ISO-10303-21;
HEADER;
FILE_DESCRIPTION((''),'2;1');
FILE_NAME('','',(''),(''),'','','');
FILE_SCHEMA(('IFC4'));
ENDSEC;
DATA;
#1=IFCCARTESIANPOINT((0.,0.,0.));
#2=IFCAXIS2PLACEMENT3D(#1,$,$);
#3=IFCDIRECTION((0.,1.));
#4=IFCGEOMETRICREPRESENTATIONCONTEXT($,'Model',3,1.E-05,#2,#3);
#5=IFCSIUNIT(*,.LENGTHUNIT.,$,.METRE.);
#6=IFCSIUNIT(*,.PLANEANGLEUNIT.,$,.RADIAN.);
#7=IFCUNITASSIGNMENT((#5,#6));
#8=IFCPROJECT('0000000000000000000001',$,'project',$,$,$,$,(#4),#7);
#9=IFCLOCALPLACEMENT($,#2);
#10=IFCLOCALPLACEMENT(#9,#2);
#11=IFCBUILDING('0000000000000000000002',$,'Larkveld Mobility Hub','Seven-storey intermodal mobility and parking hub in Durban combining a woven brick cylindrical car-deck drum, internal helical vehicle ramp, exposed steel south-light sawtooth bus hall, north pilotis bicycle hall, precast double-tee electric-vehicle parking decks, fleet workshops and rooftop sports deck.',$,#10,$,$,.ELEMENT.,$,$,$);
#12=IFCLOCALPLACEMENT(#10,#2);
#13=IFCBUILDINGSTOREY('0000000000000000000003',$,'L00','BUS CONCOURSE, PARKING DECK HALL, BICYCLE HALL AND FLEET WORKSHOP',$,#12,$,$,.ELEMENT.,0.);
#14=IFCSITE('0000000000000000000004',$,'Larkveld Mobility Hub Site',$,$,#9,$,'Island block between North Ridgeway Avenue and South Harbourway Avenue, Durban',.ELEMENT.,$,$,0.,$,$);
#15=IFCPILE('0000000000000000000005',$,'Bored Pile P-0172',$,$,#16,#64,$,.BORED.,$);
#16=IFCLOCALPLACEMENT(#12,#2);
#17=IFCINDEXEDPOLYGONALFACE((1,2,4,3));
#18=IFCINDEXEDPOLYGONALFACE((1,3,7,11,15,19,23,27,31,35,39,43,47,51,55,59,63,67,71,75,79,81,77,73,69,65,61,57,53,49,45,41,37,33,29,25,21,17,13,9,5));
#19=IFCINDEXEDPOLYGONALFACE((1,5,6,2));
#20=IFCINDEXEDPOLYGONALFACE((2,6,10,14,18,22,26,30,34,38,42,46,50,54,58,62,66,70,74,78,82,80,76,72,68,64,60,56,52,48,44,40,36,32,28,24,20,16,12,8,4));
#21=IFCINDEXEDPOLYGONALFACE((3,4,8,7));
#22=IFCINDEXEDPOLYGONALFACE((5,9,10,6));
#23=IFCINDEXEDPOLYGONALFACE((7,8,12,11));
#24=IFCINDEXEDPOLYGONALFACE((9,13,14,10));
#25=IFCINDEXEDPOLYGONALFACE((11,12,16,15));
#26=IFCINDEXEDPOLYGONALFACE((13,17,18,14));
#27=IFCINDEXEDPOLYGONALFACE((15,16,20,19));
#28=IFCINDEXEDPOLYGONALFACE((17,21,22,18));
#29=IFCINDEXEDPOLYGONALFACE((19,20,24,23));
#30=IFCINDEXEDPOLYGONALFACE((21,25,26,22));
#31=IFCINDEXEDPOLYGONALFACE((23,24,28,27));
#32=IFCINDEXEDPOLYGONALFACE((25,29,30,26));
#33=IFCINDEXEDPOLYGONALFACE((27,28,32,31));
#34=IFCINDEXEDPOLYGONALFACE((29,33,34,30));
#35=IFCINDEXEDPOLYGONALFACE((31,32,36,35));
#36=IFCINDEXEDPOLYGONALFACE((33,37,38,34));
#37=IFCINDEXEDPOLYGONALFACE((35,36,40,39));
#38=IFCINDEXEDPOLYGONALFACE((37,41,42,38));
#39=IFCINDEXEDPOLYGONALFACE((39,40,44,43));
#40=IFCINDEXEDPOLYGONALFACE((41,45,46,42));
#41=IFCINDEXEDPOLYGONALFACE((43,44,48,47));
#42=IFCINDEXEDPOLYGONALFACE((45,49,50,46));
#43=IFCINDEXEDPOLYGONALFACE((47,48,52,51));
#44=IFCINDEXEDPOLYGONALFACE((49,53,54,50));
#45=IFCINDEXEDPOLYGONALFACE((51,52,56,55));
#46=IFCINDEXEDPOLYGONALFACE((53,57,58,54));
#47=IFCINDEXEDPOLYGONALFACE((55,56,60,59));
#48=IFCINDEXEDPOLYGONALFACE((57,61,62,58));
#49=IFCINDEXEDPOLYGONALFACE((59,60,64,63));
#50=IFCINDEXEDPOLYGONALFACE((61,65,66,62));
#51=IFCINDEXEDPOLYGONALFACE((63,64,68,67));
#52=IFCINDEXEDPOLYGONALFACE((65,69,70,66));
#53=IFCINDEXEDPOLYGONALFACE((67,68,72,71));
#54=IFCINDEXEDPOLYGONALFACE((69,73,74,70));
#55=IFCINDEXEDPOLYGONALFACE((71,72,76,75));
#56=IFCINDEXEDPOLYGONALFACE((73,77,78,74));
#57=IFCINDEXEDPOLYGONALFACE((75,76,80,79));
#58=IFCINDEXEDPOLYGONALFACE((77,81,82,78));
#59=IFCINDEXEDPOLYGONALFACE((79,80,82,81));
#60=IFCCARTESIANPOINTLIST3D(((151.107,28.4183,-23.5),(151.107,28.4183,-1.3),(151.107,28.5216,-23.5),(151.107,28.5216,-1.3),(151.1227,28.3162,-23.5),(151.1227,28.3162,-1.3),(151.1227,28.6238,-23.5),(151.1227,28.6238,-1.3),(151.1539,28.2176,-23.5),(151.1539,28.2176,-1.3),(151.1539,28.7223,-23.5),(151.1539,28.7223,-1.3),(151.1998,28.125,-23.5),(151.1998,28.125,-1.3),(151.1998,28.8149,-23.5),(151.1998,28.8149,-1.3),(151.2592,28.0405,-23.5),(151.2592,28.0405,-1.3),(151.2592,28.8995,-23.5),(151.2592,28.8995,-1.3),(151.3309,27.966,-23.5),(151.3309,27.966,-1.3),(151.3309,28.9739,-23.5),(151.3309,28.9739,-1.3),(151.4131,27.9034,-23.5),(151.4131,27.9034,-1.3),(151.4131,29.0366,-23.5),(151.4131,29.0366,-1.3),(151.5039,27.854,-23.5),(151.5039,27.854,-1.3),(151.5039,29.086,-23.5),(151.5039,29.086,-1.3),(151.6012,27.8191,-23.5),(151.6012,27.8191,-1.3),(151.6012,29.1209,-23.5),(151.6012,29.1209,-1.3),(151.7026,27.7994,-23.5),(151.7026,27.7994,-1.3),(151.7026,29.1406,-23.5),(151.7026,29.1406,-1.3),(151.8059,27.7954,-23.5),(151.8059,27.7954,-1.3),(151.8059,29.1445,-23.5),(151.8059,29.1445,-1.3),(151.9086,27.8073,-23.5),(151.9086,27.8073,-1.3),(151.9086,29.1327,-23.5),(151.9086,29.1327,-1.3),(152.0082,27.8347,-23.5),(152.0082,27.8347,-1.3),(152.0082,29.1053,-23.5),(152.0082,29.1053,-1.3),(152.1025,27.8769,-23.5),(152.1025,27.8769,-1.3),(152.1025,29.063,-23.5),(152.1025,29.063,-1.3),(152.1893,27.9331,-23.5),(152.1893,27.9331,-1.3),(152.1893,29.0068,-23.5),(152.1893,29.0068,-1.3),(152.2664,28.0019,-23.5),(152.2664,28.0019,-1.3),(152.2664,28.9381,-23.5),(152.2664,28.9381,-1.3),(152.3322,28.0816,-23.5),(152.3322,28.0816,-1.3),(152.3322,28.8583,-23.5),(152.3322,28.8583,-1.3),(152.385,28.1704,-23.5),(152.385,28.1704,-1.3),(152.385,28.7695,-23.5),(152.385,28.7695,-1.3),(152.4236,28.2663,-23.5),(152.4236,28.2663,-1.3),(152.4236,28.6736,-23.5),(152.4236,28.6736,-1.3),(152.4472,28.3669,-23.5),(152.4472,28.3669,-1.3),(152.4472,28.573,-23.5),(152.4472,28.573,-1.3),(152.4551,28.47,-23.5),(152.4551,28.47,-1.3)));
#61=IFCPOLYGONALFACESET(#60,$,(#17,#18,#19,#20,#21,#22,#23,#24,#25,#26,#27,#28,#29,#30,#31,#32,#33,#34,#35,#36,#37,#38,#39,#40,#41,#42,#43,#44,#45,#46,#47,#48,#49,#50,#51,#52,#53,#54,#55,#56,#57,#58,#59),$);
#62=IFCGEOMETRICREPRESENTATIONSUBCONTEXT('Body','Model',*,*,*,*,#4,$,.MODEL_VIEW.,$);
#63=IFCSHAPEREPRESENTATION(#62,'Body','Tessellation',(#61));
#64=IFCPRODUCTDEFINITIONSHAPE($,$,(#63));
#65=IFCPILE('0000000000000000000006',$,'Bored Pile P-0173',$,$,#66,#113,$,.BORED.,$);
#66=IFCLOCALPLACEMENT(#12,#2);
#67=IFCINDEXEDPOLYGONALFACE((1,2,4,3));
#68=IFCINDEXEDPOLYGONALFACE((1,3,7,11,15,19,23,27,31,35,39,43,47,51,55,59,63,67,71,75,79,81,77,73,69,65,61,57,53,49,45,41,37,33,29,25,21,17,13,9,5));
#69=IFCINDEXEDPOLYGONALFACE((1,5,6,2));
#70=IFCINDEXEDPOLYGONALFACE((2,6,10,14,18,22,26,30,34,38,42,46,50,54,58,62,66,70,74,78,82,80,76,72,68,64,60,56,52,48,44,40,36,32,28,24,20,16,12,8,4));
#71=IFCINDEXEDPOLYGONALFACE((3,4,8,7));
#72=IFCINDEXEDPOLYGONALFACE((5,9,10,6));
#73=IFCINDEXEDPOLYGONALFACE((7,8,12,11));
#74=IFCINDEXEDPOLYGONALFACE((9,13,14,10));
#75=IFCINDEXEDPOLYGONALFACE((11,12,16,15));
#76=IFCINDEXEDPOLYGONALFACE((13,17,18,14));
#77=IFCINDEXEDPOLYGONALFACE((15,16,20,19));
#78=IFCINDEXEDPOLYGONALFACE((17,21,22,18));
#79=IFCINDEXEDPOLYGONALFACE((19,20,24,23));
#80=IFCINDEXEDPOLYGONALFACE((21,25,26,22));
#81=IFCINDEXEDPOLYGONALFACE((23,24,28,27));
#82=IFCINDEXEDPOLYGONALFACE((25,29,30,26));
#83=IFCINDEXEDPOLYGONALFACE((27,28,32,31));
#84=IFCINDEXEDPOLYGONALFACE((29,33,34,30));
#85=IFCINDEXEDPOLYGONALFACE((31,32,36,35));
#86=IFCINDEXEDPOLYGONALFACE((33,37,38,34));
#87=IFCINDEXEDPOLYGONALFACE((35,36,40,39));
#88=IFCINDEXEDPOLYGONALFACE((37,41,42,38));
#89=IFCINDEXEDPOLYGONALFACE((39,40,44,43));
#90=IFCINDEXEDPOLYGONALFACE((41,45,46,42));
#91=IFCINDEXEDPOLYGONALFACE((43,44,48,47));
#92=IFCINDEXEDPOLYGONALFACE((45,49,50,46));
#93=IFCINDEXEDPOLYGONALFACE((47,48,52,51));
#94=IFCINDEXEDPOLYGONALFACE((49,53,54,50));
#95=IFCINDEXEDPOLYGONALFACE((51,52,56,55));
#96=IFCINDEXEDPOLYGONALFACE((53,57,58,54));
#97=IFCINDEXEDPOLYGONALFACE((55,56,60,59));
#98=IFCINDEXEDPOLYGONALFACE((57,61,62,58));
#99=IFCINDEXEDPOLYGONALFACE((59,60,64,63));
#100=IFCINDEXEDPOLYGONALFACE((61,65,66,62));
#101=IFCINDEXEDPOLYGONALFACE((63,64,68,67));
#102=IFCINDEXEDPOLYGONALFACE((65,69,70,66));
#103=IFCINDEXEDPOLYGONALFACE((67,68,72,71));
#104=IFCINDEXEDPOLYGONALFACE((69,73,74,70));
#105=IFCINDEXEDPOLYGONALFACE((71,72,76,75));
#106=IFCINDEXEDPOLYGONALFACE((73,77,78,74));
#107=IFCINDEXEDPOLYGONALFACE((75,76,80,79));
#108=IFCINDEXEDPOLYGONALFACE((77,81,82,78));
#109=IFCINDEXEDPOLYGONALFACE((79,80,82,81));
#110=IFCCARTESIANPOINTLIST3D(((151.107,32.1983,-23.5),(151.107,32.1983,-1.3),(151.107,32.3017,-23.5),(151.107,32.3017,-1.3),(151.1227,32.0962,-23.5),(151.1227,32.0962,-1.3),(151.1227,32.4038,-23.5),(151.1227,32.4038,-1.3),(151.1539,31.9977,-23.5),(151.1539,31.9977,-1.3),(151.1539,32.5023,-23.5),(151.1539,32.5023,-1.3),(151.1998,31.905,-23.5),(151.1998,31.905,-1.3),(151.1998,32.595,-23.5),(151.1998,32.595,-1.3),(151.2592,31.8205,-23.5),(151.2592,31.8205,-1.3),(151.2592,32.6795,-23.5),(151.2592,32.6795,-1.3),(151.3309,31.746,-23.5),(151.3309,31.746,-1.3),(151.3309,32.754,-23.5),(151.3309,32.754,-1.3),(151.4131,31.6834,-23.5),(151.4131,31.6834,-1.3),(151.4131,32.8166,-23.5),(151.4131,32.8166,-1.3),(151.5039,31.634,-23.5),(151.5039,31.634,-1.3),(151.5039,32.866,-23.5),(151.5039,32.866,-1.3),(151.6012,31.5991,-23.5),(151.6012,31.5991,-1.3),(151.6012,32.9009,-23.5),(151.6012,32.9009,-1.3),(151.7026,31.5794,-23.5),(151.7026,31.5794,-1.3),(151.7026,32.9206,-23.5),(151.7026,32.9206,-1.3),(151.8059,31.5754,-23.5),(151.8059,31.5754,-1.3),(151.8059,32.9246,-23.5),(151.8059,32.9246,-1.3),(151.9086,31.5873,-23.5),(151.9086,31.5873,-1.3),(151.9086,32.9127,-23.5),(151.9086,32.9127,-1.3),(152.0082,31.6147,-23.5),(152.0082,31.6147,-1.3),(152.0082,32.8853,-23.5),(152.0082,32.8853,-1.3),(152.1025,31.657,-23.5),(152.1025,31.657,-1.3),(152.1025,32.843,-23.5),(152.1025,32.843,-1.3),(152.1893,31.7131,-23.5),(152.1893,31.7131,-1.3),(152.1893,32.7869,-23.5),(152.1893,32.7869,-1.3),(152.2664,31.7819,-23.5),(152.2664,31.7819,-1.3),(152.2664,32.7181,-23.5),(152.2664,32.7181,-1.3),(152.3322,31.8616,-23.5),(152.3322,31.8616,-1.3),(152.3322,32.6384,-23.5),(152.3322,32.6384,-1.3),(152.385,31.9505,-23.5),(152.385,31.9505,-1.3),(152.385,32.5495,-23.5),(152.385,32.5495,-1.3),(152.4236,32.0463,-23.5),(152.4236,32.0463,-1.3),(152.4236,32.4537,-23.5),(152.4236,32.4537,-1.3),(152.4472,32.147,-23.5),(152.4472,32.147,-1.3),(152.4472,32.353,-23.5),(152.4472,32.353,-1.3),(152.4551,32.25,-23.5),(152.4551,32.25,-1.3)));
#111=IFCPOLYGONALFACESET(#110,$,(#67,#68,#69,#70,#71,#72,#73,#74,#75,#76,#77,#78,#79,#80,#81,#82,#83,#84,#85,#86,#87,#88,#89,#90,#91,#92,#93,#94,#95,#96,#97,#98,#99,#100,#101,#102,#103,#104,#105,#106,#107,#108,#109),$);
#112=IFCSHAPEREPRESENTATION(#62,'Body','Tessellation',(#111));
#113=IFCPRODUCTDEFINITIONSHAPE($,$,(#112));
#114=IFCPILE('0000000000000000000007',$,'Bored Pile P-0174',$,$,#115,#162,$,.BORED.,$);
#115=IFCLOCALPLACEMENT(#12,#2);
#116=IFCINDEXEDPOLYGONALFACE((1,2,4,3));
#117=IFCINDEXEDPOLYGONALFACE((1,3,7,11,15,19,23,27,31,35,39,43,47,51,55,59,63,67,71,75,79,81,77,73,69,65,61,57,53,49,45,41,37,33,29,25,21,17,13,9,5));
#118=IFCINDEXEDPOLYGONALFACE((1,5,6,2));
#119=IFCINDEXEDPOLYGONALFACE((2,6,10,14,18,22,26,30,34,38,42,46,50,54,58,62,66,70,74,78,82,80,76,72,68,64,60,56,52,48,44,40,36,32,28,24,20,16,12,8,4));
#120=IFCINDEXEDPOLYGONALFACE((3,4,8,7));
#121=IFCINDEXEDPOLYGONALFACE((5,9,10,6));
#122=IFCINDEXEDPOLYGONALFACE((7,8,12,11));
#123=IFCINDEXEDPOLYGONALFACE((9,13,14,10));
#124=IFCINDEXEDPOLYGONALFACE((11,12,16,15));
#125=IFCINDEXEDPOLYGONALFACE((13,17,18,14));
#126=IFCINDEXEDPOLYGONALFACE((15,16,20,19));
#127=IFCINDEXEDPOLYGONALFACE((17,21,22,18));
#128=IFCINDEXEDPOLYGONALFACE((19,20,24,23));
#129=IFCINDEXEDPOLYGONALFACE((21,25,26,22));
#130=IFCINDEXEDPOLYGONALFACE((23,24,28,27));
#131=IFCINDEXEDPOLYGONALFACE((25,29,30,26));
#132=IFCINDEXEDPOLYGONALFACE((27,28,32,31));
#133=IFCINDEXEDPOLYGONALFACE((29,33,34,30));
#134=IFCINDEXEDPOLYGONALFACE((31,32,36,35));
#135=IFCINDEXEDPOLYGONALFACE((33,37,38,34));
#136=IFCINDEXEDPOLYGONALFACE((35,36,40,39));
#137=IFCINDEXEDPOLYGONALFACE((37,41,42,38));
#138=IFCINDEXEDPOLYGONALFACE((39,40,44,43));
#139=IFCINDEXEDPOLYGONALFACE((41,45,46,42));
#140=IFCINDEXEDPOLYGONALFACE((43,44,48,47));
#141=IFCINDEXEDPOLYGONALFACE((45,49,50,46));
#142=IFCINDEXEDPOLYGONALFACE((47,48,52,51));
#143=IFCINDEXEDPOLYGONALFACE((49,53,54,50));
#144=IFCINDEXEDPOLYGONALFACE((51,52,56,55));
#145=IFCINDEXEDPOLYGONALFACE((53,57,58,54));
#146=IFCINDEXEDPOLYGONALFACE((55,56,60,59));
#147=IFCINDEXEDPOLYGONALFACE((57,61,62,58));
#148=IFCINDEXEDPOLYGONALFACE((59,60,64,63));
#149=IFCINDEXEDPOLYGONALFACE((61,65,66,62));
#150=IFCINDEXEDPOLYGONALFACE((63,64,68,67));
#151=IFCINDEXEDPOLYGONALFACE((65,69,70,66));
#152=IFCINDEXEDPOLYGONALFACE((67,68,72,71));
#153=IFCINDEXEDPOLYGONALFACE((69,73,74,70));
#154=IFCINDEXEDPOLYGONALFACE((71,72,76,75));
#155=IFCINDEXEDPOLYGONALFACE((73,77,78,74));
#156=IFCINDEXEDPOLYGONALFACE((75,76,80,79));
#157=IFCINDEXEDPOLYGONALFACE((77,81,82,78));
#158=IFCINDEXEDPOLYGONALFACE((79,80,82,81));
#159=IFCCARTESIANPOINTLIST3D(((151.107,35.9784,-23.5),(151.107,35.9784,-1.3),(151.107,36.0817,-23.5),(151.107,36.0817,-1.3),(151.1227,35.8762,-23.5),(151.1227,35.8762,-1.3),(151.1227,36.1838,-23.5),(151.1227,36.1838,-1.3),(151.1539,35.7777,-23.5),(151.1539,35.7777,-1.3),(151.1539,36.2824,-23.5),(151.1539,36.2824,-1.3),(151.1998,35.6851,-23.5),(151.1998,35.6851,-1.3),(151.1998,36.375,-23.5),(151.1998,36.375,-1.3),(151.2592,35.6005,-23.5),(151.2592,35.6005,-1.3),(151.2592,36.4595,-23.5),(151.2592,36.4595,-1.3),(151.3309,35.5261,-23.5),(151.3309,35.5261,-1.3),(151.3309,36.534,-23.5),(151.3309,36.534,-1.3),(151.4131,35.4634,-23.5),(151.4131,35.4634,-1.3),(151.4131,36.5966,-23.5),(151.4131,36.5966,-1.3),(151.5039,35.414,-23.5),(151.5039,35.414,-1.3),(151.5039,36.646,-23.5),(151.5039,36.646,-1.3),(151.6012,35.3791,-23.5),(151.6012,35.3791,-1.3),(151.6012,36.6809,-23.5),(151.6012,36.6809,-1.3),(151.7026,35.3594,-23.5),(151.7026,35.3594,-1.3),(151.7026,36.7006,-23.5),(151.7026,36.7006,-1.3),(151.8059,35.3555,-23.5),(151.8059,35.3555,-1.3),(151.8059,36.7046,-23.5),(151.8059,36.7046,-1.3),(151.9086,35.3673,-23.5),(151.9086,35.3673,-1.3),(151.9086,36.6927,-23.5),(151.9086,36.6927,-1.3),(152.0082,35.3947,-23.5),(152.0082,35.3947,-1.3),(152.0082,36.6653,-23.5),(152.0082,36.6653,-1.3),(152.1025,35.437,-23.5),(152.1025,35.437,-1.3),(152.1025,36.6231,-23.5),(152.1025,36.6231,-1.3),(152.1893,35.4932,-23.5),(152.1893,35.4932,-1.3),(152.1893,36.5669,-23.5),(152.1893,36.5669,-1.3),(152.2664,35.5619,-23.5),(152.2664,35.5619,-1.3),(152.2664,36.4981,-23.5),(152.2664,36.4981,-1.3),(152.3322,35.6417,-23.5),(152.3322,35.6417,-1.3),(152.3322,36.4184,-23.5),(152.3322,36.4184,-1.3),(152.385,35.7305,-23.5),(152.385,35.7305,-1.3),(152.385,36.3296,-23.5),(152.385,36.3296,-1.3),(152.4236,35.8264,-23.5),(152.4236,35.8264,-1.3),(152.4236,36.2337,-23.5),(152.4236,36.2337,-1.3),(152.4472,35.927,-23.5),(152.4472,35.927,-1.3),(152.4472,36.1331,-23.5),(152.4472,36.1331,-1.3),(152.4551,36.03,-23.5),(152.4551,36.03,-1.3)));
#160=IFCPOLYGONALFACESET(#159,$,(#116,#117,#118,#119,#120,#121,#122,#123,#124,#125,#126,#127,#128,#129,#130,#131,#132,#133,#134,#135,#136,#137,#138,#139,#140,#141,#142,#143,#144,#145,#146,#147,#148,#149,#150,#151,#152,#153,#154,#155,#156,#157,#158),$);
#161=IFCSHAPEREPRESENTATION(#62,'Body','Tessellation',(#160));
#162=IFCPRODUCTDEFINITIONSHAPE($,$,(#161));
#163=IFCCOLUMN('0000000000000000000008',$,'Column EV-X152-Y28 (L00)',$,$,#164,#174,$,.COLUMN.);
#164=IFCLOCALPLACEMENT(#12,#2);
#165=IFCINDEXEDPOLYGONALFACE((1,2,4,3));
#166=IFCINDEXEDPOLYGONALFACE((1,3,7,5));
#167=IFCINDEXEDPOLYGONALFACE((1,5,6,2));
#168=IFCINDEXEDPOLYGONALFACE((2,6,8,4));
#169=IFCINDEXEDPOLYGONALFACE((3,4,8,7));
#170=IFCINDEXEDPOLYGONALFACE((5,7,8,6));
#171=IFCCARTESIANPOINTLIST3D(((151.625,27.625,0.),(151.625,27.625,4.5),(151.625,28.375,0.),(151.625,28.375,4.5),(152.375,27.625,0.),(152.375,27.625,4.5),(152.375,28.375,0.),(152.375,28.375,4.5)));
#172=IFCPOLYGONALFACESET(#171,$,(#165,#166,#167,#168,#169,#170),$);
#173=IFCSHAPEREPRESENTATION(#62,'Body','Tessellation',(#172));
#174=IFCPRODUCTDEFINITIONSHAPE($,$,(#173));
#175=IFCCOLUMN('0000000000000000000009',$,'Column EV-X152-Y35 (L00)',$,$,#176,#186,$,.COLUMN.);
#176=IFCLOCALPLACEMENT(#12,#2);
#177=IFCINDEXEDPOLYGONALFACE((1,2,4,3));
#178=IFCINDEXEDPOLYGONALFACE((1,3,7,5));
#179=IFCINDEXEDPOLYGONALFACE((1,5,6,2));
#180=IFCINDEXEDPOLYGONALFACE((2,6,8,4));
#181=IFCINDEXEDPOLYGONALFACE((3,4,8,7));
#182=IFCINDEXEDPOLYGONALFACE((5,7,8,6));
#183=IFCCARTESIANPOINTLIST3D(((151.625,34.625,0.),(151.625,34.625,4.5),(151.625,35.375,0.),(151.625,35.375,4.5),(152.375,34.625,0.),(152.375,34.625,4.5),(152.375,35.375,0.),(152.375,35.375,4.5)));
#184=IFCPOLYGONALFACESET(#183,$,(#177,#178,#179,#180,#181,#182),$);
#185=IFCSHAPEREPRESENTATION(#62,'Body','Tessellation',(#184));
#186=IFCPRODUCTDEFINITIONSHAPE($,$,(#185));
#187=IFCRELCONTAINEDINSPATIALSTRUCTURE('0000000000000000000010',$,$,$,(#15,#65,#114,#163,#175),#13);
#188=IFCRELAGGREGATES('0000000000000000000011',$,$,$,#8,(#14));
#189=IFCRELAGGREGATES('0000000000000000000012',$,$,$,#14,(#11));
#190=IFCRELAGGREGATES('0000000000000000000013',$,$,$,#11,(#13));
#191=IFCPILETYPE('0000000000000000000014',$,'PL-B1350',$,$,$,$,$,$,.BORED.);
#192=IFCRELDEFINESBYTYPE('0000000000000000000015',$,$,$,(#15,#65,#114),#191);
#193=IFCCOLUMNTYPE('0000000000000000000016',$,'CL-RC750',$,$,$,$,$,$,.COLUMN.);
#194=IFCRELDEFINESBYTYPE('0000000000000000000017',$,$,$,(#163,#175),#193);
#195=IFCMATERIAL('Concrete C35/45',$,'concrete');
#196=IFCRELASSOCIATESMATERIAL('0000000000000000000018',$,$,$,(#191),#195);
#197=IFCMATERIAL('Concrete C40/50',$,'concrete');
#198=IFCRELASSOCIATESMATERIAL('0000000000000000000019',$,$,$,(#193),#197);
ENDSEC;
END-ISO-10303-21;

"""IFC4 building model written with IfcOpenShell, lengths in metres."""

from ifc_helpers import new_model, si_unit, direction, frame, origin, origin_2d, place, context, subcontext, project, spatial, rectangle, circle, extrude, material, material_profile, profile_set, type_object, element, save


model = new_model("IFC4")

# Units and contexts
model_context = context("Model", 3, precision=1e-05, world=origin(), true_north=direction((0.0, 1.0)))
body_context = subcontext(model_context, "Body", "Model", "MODEL_VIEW")
ifc_project = project(units=[si_unit("LENGTHUNIT", "METRE"), si_unit("PLANEANGLEUNIT", "RADIAN")], contexts=[model_context])

# Site, building, storey
site_placement = place(None, origin())
site = spatial("IfcSite", under=ifc_project, at=site_placement, Name="Larkveld Mobility Hub Site", LongName="Island block between North Ridgeway Avenue and South Harbourway Avenue, Durban", CompositionType="ELEMENT", RefElevation=0.0)
building_placement = place(site_placement, origin())
building = spatial("IfcBuilding", under=site, at=building_placement, Name="Larkveld Mobility Hub", Description="Seven-storey intermodal mobility and parking hub in Durban combining a woven brick cylindrical car-deck drum, internal helical vehicle ramp, exposed steel south-light sawtooth bus hall, north pilotis bicycle hall, precast double-tee electric-vehicle parking decks, fleet workshops and rooftop sports deck.", CompositionType="ELEMENT")
storey_placement = place(building_placement, origin())
storey = spatial("IfcBuildingStorey", under=building, at=storey_placement, Name="L00", Description="BUS CONCOURSE, PARKING DECK HALL, BICYCLE HALL AND FLEET WORKSHOP", CompositionType="ELEMENT", Elevation=0.0)

# Piles
ifc_material_1 = material(Name="Concrete C35/45", Category="concrete")
ifc_material_profile_1 = material_profile(ifc_material_1, circle(Radius=0.675, at=origin_2d()), Name="PILE D1350")
ifc_profile_set_1 = profile_set([ifc_material_profile_1], Name="Concrete C35/45")
pile_type = type_object("IfcPileType", Name="PL-B1350", PredefinedType="BORED", material=ifc_profile_set_1)
for number, where, z_axis, x_axis, name in (
    (1, (151.78, 28.47, -1.3), (0.0, 0.0, -1.0), (1.0, 0.0, 0.0), "Bored Pile P-0172"),
    (2, (151.78, 32.25, -1.3), (0.0, 0.0, -1.0), (1.0, 0.0, 0.0), "Bored Pile P-0173"),
    (3, (151.78, 36.03, -1.3), (0.0, 0.0, -1.0), (1.0, 0.0, 0.0), "Bored Pile P-0174"),
):
    element("IfcPile", number, at=place(storey_placement, frame(where, z_axis=z_axis, x_axis=x_axis)), inside=storey, type_object=pile_type, Name=name, PredefinedType="BORED", context=body_context, shape_type="SweptSolid", body=[
        extrude(circle(Radius=0.675, at=origin_2d()), origin(), (0.0, 0.0, 1.0), 22.2),
    ])

# Columns
ifc_material_2 = material(Name="Concrete C40/50", Category="concrete")
ifc_material_profile_2 = material_profile(ifc_material_2, rectangle(XDim=0.75, YDim=0.75, at=origin_2d()), Name="RC COL 750x750")
ifc_profile_set_2 = profile_set([ifc_material_profile_2], Name="Concrete C40/50")
column_type_1 = type_object("IfcColumnType", Name="CL-RC750", PredefinedType="COLUMN", material=ifc_profile_set_2)
for number, where, z_axis, x_axis, name in (
    (4, (152.0, 28.0, 0.0), (0.0, 0.0, 1.0), (1.0, 0.0, 0.0), "Column EV-X152-Y28 (L00)"),
    (5, (152.0, 35.0, 0.0), (0.0, 0.0, 1.0), (1.0, 0.0, 0.0), "Column EV-X152-Y35 (L00)"),
):
    element("IfcColumn", number, at=place(storey_placement, frame(where, z_axis=z_axis, x_axis=x_axis)), inside=storey, type_object=column_type_1, Name=name, PredefinedType="COLUMN", context=body_context, shape_type="SweptSolid", body=[
        extrude(rectangle(XDim=0.75, YDim=0.75, at=origin_2d()), origin(), (0.0, 0.0, 1.0), 4.5),
    ])

save(model, "model.ifc")
